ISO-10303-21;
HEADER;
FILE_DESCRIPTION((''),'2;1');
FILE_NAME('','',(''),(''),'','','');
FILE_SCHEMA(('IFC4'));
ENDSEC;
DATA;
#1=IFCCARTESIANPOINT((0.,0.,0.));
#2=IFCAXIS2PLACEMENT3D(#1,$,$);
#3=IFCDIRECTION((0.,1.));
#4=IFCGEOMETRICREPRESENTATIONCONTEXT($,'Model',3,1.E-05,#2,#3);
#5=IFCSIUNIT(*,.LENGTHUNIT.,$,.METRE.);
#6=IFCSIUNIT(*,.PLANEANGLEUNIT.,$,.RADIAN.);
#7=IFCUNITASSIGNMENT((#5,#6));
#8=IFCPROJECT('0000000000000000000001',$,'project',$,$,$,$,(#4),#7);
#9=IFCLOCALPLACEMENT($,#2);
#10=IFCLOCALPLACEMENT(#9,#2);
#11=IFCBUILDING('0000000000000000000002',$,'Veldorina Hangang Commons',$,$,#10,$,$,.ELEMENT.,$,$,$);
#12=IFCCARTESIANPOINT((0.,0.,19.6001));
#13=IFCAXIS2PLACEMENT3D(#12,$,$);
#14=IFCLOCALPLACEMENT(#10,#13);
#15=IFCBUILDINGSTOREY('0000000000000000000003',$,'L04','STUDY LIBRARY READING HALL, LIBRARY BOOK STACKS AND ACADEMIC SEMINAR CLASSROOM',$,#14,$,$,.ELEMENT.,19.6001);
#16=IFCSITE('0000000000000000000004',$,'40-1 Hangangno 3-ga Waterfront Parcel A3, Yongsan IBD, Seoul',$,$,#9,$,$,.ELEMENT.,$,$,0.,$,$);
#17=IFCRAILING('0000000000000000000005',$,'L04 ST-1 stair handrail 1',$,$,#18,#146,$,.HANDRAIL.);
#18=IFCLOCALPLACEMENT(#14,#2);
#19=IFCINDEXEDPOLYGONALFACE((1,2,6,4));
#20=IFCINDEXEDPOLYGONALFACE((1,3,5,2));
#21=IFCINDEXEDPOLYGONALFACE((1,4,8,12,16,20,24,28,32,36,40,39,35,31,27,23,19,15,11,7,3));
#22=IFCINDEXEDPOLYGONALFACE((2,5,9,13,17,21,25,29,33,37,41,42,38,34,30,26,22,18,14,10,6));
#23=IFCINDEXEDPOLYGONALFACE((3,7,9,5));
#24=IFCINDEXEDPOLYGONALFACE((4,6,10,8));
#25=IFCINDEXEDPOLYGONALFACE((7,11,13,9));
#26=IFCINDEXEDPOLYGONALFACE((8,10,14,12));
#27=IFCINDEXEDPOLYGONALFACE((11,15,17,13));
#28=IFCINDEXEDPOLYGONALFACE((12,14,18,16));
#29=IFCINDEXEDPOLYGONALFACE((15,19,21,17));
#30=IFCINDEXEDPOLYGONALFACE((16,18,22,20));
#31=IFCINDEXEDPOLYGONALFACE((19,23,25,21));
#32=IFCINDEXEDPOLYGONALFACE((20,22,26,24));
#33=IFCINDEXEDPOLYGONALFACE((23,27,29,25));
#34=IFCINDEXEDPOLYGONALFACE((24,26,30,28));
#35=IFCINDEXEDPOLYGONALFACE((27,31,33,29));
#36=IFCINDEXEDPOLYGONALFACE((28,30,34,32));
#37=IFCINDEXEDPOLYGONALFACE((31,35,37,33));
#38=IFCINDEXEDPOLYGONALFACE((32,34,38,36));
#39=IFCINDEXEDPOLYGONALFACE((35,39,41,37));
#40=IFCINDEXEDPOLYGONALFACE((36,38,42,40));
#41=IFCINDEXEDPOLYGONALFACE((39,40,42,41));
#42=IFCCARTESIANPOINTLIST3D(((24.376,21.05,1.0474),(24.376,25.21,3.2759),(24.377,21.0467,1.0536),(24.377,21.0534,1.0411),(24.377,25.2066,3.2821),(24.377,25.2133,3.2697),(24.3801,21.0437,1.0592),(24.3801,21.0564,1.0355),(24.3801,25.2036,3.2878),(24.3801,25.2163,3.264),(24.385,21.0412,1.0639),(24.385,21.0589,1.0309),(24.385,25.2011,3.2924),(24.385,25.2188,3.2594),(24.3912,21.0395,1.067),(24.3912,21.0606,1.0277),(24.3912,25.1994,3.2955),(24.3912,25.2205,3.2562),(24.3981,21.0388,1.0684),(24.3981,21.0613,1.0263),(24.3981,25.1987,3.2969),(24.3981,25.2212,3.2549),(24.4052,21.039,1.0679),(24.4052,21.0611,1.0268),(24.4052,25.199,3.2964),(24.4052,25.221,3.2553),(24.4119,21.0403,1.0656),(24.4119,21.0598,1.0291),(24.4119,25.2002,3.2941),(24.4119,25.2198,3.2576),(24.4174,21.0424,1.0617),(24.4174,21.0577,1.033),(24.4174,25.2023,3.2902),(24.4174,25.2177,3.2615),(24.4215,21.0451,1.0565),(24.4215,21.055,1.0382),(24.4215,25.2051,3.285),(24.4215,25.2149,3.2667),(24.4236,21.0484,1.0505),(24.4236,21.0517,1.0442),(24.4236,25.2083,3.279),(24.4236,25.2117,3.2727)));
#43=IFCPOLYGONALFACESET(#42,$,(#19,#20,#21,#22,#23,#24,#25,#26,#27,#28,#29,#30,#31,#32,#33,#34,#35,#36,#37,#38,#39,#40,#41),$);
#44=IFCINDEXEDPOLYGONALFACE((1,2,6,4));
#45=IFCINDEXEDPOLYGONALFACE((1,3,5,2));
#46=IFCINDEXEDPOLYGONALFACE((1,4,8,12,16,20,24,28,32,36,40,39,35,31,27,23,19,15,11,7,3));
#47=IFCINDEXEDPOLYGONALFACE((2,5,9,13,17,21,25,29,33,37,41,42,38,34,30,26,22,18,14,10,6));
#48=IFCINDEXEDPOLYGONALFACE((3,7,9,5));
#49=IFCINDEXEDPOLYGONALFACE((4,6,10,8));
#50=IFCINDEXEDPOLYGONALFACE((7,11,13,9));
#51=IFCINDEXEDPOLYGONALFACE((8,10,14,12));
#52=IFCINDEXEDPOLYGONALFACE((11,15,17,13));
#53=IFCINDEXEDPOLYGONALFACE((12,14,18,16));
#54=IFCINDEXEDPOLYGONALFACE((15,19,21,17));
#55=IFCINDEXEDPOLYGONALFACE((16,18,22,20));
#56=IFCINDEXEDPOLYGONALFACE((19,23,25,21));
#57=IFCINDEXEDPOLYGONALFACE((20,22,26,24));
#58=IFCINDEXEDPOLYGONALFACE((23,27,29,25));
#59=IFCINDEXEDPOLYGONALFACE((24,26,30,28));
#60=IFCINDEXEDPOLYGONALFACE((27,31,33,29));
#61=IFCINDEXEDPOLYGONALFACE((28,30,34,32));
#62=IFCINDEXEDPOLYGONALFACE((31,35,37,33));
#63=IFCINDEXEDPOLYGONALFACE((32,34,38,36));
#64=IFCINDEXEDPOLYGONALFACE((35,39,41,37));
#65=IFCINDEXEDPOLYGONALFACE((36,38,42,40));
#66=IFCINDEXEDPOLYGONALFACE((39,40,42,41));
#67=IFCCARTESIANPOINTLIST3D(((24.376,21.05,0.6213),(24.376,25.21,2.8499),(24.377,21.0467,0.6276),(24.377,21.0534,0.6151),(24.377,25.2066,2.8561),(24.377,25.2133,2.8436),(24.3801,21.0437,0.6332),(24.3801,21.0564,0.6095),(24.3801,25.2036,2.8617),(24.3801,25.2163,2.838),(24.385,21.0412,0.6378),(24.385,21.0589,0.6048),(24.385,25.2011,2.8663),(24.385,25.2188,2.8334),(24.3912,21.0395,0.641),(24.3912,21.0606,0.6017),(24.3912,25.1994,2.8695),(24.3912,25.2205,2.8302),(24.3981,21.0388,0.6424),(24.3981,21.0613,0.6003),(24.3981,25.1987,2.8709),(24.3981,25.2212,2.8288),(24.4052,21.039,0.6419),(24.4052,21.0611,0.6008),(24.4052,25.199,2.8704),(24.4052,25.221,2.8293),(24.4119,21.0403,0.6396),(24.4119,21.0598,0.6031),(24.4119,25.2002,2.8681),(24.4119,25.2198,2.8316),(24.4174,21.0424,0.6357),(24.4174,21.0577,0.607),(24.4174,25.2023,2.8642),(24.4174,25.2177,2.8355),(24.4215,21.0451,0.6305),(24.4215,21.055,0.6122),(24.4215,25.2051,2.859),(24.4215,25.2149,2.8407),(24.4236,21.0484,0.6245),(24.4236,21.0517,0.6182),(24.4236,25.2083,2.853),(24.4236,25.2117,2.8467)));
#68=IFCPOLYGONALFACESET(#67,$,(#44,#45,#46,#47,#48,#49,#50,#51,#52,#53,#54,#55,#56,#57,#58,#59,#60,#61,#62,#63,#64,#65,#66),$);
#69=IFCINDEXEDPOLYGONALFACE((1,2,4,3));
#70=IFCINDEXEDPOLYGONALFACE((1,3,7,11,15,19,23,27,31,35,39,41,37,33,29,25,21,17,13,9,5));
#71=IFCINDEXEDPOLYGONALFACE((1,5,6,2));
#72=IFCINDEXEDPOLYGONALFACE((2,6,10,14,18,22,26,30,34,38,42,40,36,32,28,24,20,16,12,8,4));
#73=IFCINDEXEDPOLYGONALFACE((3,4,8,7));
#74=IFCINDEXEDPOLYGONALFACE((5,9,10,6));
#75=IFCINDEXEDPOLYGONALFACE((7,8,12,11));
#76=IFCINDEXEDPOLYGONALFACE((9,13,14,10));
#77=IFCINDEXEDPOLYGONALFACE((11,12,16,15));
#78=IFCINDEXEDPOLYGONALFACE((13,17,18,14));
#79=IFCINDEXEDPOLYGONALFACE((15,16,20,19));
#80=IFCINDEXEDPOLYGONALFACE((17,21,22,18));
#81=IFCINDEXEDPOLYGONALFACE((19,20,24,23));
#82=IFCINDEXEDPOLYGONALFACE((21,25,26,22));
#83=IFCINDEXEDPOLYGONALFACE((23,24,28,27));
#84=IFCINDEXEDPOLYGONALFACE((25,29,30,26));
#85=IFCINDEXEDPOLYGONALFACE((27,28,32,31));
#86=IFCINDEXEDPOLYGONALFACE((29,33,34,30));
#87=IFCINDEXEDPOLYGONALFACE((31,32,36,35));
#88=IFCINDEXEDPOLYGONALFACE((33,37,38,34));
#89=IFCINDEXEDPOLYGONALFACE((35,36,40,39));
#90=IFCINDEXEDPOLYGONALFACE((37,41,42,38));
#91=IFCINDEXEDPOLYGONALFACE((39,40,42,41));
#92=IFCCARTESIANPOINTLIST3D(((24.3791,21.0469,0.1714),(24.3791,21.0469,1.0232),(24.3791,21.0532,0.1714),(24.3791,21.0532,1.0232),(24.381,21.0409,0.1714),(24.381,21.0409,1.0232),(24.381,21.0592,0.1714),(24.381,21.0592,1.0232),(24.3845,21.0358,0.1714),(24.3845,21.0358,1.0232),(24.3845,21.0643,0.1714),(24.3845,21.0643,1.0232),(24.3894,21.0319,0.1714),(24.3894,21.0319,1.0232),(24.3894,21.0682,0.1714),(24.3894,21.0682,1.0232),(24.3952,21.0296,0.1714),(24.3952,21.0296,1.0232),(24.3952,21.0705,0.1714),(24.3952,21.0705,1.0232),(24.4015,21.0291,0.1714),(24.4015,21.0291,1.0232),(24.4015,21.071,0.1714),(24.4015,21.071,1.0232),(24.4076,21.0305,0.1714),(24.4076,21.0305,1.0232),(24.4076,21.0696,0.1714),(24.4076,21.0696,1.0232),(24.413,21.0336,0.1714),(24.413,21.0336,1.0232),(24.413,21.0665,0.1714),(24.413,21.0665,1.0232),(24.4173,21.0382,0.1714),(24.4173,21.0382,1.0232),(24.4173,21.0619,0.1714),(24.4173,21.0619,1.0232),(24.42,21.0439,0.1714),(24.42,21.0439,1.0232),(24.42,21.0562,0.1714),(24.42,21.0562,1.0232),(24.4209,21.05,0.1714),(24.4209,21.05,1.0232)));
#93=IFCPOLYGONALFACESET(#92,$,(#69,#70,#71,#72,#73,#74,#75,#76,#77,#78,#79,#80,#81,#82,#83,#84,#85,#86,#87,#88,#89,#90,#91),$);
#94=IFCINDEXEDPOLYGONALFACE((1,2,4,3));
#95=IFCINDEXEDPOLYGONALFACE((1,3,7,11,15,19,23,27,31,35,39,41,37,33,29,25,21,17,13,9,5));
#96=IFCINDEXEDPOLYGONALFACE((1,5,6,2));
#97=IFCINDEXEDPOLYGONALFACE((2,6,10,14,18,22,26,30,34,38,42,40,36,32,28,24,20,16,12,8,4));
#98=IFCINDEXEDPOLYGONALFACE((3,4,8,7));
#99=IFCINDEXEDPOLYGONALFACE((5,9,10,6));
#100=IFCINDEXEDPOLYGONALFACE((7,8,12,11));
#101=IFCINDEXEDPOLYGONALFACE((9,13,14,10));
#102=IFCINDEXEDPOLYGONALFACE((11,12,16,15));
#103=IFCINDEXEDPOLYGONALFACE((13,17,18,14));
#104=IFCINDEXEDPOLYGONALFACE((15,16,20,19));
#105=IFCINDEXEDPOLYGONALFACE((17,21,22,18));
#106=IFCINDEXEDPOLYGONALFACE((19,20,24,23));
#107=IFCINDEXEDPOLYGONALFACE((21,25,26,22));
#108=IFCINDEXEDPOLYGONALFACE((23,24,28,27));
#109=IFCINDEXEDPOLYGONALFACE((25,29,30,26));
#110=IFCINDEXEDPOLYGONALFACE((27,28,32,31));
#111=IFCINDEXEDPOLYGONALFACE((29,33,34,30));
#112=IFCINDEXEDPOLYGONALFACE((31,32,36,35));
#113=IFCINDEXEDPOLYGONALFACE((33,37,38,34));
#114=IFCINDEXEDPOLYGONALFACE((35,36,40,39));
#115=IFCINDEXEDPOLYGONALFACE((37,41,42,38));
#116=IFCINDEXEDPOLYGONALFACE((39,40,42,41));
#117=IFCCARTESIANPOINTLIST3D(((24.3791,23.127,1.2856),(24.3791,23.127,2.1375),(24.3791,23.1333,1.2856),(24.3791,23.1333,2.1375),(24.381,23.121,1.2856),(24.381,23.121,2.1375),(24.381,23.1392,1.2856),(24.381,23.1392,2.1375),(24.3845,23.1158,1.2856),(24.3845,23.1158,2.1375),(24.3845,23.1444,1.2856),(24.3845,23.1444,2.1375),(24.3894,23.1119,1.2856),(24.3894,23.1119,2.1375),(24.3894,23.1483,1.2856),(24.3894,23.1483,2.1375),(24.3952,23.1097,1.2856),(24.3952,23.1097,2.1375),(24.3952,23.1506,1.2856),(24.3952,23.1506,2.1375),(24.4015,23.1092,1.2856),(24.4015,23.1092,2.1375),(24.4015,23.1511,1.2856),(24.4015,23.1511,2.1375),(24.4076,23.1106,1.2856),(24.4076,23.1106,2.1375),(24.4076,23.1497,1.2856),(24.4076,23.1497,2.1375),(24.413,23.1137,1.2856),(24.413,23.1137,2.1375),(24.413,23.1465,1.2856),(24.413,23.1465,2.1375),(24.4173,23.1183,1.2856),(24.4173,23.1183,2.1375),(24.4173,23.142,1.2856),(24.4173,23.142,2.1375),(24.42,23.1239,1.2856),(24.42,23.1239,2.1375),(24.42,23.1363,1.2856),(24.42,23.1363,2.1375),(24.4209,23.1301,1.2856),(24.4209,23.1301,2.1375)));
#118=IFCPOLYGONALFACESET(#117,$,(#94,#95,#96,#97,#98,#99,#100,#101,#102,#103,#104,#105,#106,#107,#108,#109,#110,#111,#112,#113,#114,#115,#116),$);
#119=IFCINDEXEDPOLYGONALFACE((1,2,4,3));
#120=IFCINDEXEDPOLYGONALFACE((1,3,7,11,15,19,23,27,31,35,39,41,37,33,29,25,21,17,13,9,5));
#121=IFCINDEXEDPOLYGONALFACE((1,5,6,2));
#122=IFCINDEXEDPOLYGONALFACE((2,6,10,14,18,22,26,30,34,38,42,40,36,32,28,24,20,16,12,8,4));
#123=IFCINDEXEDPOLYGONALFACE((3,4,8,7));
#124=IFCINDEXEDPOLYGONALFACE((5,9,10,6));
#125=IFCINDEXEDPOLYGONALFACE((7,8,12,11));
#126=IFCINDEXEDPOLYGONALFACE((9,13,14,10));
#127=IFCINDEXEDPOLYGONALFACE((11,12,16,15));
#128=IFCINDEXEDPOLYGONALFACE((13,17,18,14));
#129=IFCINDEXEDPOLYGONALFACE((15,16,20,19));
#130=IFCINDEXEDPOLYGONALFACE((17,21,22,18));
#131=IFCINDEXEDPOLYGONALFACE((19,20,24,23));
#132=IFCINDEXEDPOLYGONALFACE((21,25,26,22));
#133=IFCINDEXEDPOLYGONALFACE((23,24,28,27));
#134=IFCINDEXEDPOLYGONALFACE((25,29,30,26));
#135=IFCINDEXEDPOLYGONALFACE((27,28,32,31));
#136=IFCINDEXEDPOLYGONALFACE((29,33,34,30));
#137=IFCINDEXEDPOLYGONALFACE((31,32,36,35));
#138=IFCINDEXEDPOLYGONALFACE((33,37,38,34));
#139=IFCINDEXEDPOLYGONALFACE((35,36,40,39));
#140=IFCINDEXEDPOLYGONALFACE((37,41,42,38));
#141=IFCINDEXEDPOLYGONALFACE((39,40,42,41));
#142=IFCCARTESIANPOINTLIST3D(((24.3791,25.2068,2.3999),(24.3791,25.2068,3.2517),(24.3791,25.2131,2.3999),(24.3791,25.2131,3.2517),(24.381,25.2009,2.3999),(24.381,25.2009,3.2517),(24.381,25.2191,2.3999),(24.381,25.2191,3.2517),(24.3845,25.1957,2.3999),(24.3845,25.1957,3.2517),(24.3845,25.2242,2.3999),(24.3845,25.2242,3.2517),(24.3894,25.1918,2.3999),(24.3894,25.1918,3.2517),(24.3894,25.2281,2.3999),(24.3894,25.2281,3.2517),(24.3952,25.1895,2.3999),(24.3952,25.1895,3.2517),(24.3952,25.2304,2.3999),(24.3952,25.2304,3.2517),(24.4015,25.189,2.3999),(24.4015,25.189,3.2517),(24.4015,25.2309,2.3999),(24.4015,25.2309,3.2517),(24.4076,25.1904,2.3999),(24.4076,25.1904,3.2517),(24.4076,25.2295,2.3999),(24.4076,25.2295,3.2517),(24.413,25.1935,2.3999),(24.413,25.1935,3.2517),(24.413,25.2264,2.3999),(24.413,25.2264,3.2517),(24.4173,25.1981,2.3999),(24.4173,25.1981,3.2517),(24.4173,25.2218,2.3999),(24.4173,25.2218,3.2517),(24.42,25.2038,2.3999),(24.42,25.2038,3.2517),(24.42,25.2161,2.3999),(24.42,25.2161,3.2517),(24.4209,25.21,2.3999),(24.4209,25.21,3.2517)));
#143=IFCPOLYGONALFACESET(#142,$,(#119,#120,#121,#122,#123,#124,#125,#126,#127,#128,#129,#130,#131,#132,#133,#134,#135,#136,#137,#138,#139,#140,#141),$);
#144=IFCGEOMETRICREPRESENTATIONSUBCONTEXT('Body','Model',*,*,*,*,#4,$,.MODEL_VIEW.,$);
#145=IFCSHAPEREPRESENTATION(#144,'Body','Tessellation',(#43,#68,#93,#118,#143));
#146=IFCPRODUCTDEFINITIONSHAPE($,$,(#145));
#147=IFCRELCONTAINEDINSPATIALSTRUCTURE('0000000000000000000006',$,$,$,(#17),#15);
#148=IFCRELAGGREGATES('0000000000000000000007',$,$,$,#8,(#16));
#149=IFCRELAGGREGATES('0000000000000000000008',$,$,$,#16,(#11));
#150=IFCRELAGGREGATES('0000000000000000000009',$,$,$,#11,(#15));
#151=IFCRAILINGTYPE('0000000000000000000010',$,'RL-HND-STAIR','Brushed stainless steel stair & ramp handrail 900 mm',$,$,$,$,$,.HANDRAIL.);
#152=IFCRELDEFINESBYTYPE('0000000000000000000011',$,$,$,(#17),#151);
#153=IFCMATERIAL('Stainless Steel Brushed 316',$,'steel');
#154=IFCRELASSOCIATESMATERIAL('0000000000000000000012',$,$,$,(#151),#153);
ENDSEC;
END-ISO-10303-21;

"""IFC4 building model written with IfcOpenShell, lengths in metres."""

from ifc_helpers import new_model, si_unit, direction, frame, origin, origin_2d, place, context, subcontext, project, spatial, circle, extrude, material, type_object, element, save


model = new_model("IFC4")

# Units and contexts
model_context = context("Model", 3, precision=1e-05, world=origin(), true_north=direction((0.0, 1.0)))
body_context = subcontext(model_context, "Body", "Model", "MODEL_VIEW")
ifc_project = project(units=[si_unit("LENGTHUNIT", "METRE"), si_unit("PLANEANGLEUNIT", "RADIAN")], contexts=[model_context])

# Site, building, storey
site_placement = place(None, origin())
site = spatial("IfcSite", under=ifc_project, at=site_placement, Name="40-1 Hangangno 3-ga Waterfront Parcel A3, Yongsan IBD, Seoul", CompositionType="ELEMENT", RefElevation=0.0)
building_placement = place(site_placement, origin())
building = spatial("IfcBuilding", under=site, at=building_placement, Name="Veldorina Hangang Commons", CompositionType="ELEMENT")
storey_placement = place(building_placement, frame((0.0, 0.0, 19.6001)))
storey = spatial("IfcBuildingStorey", under=building, at=storey_placement, Name="L04", Description="STUDY LIBRARY READING HALL, LIBRARY BOOK STACKS AND ACADEMIC SEMINAR CLASSROOM", CompositionType="ELEMENT", Elevation=19.6001)

# Railing
ifc_material_1 = material(Name="Stainless Steel Brushed 316", Category="steel")
railing_type_1 = type_object("IfcRailingType", Name="RL-HND-STAIR", Description="Brushed stainless steel stair & ramp handrail 900 mm", PredefinedType="HANDRAIL", material=ifc_material_1)
railing_1_placement = place(storey_placement, frame((24.3999, 21.05, 0.1714)))
element("IfcRailing", 1, at=railing_1_placement, inside=storey, type_object=railing_type_1, Name="L04 ST-1 stair handrail 1", PredefinedType="HANDRAIL", context=body_context, shape_type="SweptSolid", body=[
    extrude(circle(Radius=0.0239, at=origin_2d()), frame((0.0, 0.0, 0.876), z_axis=(0.0, 0.881481, 0.47222), x_axis=(-1.0, 0.0, 0.0)), (0.0, 0.0, 1.0), 4.7192),
    extrude(circle(Radius=0.0239, at=origin_2d()), frame((0.0, 0.0, 0.45), z_axis=(0.0, 0.881481, 0.47222), x_axis=(-1.0, 0.0, 0.0)), (0.0, 0.0, 1.0), 4.7192),
    extrude(circle(Radius=0.021, at=origin_2d()), origin(), (0.0, 0.0, 1.0), 0.8518),
    extrude(circle(Radius=0.021, at=origin_2d()), frame((0.0, 2.0801, 1.1143)), (0.0, 0.0, 1.0), 0.8518),
    extrude(circle(Radius=0.021, at=origin_2d()), frame((0.0, 4.1599, 2.2285)), (0.0, 0.0, 1.0), 0.8518),
])

save(model, "model.ifc")
